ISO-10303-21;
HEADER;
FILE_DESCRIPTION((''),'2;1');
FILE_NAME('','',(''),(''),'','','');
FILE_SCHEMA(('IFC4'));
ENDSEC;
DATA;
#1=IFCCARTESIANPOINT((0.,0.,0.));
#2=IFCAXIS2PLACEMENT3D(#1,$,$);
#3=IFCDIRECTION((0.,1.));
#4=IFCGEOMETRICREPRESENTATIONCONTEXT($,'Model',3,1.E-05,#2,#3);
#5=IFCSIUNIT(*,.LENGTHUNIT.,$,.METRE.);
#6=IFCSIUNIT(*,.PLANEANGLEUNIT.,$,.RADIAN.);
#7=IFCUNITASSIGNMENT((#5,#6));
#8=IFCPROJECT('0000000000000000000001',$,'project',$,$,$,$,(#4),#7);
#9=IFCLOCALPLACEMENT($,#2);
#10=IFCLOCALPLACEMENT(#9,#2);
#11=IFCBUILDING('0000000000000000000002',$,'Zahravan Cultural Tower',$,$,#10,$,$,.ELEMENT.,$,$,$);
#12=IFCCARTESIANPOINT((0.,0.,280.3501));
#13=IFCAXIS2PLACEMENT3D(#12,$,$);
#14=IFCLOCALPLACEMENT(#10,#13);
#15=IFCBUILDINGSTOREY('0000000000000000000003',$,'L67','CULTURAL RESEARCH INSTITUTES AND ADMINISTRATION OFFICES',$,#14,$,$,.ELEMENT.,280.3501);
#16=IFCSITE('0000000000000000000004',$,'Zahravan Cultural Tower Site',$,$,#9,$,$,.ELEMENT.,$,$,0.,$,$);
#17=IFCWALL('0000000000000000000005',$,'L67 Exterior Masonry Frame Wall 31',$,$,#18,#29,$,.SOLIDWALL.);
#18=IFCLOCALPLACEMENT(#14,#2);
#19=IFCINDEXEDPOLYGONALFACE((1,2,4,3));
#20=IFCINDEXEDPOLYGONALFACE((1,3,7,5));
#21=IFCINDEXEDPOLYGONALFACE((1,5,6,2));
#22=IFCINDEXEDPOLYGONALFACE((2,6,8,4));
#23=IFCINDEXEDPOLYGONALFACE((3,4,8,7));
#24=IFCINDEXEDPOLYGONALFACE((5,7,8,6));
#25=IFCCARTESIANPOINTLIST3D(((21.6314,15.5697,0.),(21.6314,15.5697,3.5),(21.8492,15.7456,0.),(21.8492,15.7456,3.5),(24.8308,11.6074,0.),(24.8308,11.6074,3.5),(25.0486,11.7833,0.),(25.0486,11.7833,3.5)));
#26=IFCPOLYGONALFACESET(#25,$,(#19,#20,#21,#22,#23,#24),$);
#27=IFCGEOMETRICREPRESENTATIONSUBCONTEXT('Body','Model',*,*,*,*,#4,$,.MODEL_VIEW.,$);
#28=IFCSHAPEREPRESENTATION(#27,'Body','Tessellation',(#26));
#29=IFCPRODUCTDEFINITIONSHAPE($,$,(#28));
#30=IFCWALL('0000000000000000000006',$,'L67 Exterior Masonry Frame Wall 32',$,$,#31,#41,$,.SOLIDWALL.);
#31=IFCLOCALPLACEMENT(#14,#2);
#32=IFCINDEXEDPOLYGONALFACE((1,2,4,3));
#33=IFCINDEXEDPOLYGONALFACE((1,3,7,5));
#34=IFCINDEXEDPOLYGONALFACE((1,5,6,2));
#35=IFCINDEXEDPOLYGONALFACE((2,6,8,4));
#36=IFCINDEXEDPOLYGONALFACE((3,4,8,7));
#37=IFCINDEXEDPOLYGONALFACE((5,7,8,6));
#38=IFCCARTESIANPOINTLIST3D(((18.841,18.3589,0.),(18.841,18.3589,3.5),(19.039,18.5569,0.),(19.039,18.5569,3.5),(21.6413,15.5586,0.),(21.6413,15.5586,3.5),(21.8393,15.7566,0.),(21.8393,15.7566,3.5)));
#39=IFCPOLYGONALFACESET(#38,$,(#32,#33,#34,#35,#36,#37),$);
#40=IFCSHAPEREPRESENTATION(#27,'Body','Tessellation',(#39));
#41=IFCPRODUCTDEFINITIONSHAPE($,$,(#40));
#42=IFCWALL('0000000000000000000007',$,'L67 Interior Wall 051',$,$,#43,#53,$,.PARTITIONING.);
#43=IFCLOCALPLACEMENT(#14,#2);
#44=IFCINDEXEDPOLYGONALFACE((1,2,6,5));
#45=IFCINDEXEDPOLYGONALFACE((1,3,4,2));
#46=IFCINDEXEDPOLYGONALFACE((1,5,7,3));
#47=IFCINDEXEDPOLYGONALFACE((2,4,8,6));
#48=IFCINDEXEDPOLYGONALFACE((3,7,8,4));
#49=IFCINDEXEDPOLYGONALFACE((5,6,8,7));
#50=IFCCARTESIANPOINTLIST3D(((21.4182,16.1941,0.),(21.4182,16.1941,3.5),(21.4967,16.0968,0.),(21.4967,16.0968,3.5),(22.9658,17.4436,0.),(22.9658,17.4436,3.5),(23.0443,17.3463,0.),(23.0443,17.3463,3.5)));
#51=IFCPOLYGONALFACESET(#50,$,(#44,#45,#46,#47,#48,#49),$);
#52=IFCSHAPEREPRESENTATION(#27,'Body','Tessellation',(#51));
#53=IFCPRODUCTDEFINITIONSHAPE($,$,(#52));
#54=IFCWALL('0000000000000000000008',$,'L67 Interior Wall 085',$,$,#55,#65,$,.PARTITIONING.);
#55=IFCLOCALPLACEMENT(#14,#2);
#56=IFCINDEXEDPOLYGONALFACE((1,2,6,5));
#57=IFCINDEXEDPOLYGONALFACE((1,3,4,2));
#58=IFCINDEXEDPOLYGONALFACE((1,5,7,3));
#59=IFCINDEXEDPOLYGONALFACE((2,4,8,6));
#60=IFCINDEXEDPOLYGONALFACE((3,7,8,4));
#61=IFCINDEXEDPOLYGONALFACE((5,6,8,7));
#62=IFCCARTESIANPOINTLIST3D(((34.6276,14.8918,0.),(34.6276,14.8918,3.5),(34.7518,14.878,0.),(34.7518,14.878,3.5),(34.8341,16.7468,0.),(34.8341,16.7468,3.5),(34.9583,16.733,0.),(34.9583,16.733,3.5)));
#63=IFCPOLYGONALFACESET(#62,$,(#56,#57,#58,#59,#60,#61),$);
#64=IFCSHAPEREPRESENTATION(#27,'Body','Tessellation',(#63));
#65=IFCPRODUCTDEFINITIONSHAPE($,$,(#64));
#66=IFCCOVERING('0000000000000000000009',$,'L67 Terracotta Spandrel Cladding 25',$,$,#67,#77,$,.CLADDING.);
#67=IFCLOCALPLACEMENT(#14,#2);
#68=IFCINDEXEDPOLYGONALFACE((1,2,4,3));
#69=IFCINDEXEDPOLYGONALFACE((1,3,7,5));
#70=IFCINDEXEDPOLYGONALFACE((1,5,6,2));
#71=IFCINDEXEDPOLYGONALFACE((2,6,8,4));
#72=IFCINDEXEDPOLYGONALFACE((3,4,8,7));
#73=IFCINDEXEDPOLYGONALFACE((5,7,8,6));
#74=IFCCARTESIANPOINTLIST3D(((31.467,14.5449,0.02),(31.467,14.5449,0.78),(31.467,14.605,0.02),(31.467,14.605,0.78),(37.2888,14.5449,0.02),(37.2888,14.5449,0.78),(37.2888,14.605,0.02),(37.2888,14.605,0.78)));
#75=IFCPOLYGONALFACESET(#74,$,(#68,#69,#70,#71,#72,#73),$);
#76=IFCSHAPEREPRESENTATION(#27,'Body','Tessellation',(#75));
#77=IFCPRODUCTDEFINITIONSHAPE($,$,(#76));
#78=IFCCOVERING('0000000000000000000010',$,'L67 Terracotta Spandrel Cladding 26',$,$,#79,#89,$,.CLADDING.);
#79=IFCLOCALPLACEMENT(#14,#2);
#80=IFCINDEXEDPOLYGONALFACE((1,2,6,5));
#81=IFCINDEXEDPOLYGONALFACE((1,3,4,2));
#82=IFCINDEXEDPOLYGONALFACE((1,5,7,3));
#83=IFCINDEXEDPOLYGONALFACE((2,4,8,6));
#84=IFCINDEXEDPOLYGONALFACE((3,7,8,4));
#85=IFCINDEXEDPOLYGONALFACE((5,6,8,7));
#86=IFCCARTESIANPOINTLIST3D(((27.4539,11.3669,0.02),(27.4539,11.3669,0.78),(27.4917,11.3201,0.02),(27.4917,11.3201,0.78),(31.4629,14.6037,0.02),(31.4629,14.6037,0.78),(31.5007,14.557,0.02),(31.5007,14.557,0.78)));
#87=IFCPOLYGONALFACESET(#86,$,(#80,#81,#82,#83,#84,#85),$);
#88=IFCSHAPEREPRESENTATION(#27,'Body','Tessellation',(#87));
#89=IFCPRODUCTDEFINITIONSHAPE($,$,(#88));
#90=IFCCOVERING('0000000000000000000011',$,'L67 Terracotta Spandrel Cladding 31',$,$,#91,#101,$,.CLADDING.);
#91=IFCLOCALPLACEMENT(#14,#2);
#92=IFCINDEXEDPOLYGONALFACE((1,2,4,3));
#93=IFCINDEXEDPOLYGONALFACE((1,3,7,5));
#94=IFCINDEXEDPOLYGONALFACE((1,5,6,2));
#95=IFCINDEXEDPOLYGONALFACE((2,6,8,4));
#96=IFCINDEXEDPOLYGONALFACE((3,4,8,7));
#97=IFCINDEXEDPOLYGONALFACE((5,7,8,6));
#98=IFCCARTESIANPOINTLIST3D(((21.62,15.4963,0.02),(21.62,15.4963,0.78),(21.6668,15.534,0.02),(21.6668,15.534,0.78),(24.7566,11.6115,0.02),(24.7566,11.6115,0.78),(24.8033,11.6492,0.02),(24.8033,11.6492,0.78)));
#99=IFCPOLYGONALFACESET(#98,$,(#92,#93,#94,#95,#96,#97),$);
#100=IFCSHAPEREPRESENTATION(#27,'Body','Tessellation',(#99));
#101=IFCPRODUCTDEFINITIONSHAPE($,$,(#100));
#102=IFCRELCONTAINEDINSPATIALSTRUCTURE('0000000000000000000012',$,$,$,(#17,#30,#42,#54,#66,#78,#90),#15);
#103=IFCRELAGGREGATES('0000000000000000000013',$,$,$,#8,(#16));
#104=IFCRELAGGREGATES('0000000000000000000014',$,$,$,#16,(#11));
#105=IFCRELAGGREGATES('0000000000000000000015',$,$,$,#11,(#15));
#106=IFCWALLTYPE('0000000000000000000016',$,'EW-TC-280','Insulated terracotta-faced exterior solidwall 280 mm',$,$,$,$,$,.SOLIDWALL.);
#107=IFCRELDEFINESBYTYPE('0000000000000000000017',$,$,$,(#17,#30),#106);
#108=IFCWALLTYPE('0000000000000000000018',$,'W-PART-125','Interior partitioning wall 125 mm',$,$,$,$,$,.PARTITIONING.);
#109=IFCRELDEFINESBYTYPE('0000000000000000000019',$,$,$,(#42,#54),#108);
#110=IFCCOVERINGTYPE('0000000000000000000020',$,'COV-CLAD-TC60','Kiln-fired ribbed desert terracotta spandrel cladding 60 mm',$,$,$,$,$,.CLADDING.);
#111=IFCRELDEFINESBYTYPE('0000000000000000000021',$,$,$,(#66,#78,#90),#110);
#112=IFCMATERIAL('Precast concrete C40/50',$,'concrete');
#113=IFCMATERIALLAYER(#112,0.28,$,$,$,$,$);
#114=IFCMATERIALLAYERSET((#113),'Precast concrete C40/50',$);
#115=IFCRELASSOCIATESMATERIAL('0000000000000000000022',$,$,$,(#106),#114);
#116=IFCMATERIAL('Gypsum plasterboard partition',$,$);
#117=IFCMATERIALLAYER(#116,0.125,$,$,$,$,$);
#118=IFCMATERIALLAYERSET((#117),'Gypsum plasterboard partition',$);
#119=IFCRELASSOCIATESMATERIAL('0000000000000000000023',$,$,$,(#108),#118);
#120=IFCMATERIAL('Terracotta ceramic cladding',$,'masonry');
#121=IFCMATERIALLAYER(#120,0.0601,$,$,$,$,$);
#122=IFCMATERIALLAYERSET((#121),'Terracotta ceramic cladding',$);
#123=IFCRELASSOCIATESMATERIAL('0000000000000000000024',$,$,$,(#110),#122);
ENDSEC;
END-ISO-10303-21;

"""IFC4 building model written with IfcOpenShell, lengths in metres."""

from ifc_helpers import new_model, si_unit, direction, frame, frame_2d, origin, origin_2d, place, context, subcontext, project, spatial, rectangle, extrude, source, transform, mapped, material, layer, layer_set, type_object, element, save


model = new_model("IFC4")

# Units and contexts
model_context = context("Model", 3, precision=1e-05, world=origin(), true_north=direction((0.0, 1.0)))
body_context = subcontext(model_context, "Body", "Model", "MODEL_VIEW")
ifc_project = project(units=[si_unit("LENGTHUNIT", "METRE"), si_unit("PLANEANGLEUNIT", "RADIAN")], contexts=[model_context])

# Site, building, storey
site_placement = place(None, origin())
site = spatial("IfcSite", under=ifc_project, at=site_placement, Name="Zahravan Cultural Tower Site", CompositionType="ELEMENT", RefElevation=0.0)
building_placement = place(site_placement, origin())
building = spatial("IfcBuilding", under=site, at=building_placement, Name="Zahravan Cultural Tower", CompositionType="ELEMENT")
storey_placement = place(building_placement, frame((0.0, 0.0, 280.3501)))
storey = spatial("IfcBuildingStorey", under=building, at=storey_placement, Name="L67", Description="CULTURAL RESEARCH INSTITUTES AND ADMINISTRATION OFFICES", CompositionType="ELEMENT", Elevation=280.3501)

# Shared definitions
ifc_material_1 = material(Name="Precast concrete C40/50", Category="concrete")
ifc_layer_1 = layer(ifc_material_1, 0.28)
ifc_layer_set_1 = layer_set([ifc_layer_1], Name="Precast concrete C40/50")
wall_type_1 = type_object("IfcWallType", Name="EW-TC-280", Description="Insulated terracotta-faced exterior solidwall 280 mm", PredefinedType="SOLIDWALL", material=ifc_layer_set_1)

# Shared definitions
ifc_material_2 = material(Name="Gypsum plasterboard partition")
ifc_layer_2 = layer(ifc_material_2, 0.125)
ifc_layer_set_2 = layer_set([ifc_layer_2], Name="Gypsum plasterboard partition")
wall_type_2 = type_object("IfcWallType", Name="W-PART-125", Description="Interior partitioning wall 125 mm", PredefinedType="PARTITIONING", material=ifc_layer_set_2)

# Walls
shared_shape_1 = source(origin(), body_context, "Body", "SweptSolid", [
    extrude(rectangle(XDim=5.0928, YDim=0.28, at=frame_2d((2.5464, 0.0))), origin(), (0.0, 0.0, 1.0), 3.5),
])
wall_1_placement = place(storey_placement, frame((24.9397, 11.6953, 0.0), z_axis=(0.0, 0.0, 1.0), x_axis=(-0.628226, 0.778031, 0.0)))
element("IfcWall", 1, at=wall_1_placement, inside=storey, type_object=wall_type_1, Name="L67 Exterior Masonry Frame Wall 31", PredefinedType="SOLIDWALL", context=body_context, shape_type="MappedRepresentation", body=[
    mapped(shared_shape_1, transform((0.0, 0.0, 0.0), x_axis=(1.0, 0.0, 0.0), y_axis=(0.0, 1.0, 0.0), z_axis=(0.0, 0.0, 1.0), scale=1.0)),
])
shared_shape_2 = source(origin(), body_context, "Body", "SweptSolid", [
    extrude(rectangle(XDim=3.9602, YDim=0.28, at=frame_2d((1.98, 0.0))), origin(), (0.0, 0.0, 1.0), 3.5),
])
wall_2_placement = place(storey_placement, frame((21.7402, 15.6577, 0.0), z_axis=(0.0, 0.0, 1.0), x_axis=(-0.707107, 0.707107, 0.0)))
element("IfcWall", 2, at=wall_2_placement, inside=storey, type_object=wall_type_1, Name="L67 Exterior Masonry Frame Wall 32", PredefinedType="SOLIDWALL", context=body_context, shape_type="MappedRepresentation", body=[
    mapped(shared_shape_2, transform((0.0, 0.0, 0.0), x_axis=(1.0, 0.0, 0.0), y_axis=(0.0, 1.0, 0.0), z_axis=(0.0, 0.0, 1.0), scale=1.0)),
])
shared_shape_3 = source(origin(), body_context, "Body", "SweptSolid", [
    extrude(rectangle(XDim=1.989, YDim=0.125, at=frame_2d((0.9946, 0.0))), origin(), (0.0, 0.0, 1.0), 3.5),
])
wall_3_placement = place(storey_placement, frame((23.0051, 17.395, 0.0), z_axis=(0.0, 0.0, 1.0), x_axis=(-0.778059, -0.628191, 0.0)))
element("IfcWall", 3, at=wall_3_placement, inside=storey, type_object=wall_type_2, Name="L67 Interior Wall 051", PredefinedType="PARTITIONING", context=body_context, shape_type="MappedRepresentation", body=[
    mapped(shared_shape_3, transform((0.0, 0.0, 0.0), x_axis=(1.0, 0.0, 0.0), y_axis=(0.0, 1.0, 0.0), z_axis=(0.0, 0.0, 1.0), scale=1.0)),
])
shared_shape_4 = source(origin(), body_context, "Body", "SweptSolid", [
    extrude(rectangle(XDim=1.8665, YDim=0.125, at=frame_2d((0.9331, 0.0))), origin(), (0.0, 0.0, 1.0), 3.5),
])
wall_4_placement = place(storey_placement, frame((34.6897, 14.885, 0.0), z_axis=(0.0, 0.0, 1.0), x_axis=(0.110661, 0.993858, 0.0)))
element("IfcWall", 4, at=wall_4_placement, inside=storey, type_object=wall_type_2, Name="L67 Interior Wall 085", PredefinedType="PARTITIONING", context=body_context, shape_type="MappedRepresentation", body=[
    mapped(shared_shape_4, transform((0.0, 0.0, 0.0), x_axis=(1.0, 0.0, 0.0), y_axis=(0.0, 1.0, 0.0), z_axis=(0.0, 0.0, 1.0), scale=1.0)),
])

# Coverings
ifc_material_3 = material(Name="Terracotta ceramic cladding", Category="masonry")
ifc_layer_3 = layer(ifc_material_3, 0.0601)
ifc_layer_set_3 = layer_set([ifc_layer_3], Name="Terracotta ceramic cladding")
covering_type = type_object("IfcCoveringType", Name="COV-CLAD-TC60", Description="Kiln-fired ribbed desert terracotta spandrel cladding 60 mm", PredefinedType="CLADDING", material=ifc_layer_set_3)
shared_shape_5 = source(origin(), body_context, "Body", "SweptSolid", [
    extrude(rectangle(XDim=5.8218, YDim=0.0601, at=origin_2d()), origin(), (0.0, 0.0, 1.0), 0.76),
])
covering_1_placement = place(storey_placement, frame((34.3779, 14.575, 0.02), z_axis=(0.0, 0.0, 1.0), x_axis=(-1.0, 0.0, 0.0)))
element("IfcCovering", 5, at=covering_1_placement, inside=storey, type_object=covering_type, Name="L67 Terracotta Spandrel Cladding 25", PredefinedType="CLADDING", context=body_context, shape_type="MappedRepresentation", body=[
    mapped(shared_shape_5, transform((0.0, 0.0, 0.0), x_axis=(1.0, 0.0, 0.0), y_axis=(0.0, 1.0, 0.0), z_axis=(0.0, 0.0, 1.0), scale=1.0)),
])
shared_shape_6 = source(origin(), body_context, "Body", "SweptSolid", [
    extrude(rectangle(XDim=5.1526, YDim=0.0601, at=origin_2d()), origin(), (0.0, 0.0, 1.0), 0.76),
])
covering_2_placement = place(storey_placement, frame((29.4773, 12.9619, 0.02), z_axis=(0.0, 0.0, 1.0), x_axis=(-0.778057, -0.628194, 0.0)))
element("IfcCovering", 6, at=covering_2_placement, inside=storey, type_object=covering_type, Name="L67 Terracotta Spandrel Cladding 26", PredefinedType="CLADDING", context=body_context, shape_type="MappedRepresentation", body=[
    mapped(shared_shape_6, transform((0.0, 0.0, 0.0), x_axis=(1.0, 0.0, 0.0), y_axis=(0.0, 1.0, 0.0), z_axis=(0.0, 0.0, 1.0), scale=1.0)),
])
shared_shape_7 = source(origin(), body_context, "Body", "SweptSolid", [
    extrude(rectangle(XDim=4.9929, YDim=0.0601, at=origin_2d()), origin(), (0.0, 0.0, 1.0), 0.76),
])
covering_3_placement = place(storey_placement, frame((23.2117, 13.5728, 0.02), z_axis=(0.0, 0.0, 1.0), x_axis=(-0.628194, 0.778057, 0.0)))
element("IfcCovering", 7, at=covering_3_placement, inside=storey, type_object=covering_type, Name="L67 Terracotta Spandrel Cladding 31", PredefinedType="CLADDING", context=body_context, shape_type="MappedRepresentation", body=[
    mapped(shared_shape_7, transform((0.0, 0.0, 0.0), x_axis=(1.0, 0.0, 0.0), y_axis=(0.0, 1.0, 0.0), z_axis=(0.0, 0.0, 1.0), scale=1.0)),
])

save(model, "model.ifc")
